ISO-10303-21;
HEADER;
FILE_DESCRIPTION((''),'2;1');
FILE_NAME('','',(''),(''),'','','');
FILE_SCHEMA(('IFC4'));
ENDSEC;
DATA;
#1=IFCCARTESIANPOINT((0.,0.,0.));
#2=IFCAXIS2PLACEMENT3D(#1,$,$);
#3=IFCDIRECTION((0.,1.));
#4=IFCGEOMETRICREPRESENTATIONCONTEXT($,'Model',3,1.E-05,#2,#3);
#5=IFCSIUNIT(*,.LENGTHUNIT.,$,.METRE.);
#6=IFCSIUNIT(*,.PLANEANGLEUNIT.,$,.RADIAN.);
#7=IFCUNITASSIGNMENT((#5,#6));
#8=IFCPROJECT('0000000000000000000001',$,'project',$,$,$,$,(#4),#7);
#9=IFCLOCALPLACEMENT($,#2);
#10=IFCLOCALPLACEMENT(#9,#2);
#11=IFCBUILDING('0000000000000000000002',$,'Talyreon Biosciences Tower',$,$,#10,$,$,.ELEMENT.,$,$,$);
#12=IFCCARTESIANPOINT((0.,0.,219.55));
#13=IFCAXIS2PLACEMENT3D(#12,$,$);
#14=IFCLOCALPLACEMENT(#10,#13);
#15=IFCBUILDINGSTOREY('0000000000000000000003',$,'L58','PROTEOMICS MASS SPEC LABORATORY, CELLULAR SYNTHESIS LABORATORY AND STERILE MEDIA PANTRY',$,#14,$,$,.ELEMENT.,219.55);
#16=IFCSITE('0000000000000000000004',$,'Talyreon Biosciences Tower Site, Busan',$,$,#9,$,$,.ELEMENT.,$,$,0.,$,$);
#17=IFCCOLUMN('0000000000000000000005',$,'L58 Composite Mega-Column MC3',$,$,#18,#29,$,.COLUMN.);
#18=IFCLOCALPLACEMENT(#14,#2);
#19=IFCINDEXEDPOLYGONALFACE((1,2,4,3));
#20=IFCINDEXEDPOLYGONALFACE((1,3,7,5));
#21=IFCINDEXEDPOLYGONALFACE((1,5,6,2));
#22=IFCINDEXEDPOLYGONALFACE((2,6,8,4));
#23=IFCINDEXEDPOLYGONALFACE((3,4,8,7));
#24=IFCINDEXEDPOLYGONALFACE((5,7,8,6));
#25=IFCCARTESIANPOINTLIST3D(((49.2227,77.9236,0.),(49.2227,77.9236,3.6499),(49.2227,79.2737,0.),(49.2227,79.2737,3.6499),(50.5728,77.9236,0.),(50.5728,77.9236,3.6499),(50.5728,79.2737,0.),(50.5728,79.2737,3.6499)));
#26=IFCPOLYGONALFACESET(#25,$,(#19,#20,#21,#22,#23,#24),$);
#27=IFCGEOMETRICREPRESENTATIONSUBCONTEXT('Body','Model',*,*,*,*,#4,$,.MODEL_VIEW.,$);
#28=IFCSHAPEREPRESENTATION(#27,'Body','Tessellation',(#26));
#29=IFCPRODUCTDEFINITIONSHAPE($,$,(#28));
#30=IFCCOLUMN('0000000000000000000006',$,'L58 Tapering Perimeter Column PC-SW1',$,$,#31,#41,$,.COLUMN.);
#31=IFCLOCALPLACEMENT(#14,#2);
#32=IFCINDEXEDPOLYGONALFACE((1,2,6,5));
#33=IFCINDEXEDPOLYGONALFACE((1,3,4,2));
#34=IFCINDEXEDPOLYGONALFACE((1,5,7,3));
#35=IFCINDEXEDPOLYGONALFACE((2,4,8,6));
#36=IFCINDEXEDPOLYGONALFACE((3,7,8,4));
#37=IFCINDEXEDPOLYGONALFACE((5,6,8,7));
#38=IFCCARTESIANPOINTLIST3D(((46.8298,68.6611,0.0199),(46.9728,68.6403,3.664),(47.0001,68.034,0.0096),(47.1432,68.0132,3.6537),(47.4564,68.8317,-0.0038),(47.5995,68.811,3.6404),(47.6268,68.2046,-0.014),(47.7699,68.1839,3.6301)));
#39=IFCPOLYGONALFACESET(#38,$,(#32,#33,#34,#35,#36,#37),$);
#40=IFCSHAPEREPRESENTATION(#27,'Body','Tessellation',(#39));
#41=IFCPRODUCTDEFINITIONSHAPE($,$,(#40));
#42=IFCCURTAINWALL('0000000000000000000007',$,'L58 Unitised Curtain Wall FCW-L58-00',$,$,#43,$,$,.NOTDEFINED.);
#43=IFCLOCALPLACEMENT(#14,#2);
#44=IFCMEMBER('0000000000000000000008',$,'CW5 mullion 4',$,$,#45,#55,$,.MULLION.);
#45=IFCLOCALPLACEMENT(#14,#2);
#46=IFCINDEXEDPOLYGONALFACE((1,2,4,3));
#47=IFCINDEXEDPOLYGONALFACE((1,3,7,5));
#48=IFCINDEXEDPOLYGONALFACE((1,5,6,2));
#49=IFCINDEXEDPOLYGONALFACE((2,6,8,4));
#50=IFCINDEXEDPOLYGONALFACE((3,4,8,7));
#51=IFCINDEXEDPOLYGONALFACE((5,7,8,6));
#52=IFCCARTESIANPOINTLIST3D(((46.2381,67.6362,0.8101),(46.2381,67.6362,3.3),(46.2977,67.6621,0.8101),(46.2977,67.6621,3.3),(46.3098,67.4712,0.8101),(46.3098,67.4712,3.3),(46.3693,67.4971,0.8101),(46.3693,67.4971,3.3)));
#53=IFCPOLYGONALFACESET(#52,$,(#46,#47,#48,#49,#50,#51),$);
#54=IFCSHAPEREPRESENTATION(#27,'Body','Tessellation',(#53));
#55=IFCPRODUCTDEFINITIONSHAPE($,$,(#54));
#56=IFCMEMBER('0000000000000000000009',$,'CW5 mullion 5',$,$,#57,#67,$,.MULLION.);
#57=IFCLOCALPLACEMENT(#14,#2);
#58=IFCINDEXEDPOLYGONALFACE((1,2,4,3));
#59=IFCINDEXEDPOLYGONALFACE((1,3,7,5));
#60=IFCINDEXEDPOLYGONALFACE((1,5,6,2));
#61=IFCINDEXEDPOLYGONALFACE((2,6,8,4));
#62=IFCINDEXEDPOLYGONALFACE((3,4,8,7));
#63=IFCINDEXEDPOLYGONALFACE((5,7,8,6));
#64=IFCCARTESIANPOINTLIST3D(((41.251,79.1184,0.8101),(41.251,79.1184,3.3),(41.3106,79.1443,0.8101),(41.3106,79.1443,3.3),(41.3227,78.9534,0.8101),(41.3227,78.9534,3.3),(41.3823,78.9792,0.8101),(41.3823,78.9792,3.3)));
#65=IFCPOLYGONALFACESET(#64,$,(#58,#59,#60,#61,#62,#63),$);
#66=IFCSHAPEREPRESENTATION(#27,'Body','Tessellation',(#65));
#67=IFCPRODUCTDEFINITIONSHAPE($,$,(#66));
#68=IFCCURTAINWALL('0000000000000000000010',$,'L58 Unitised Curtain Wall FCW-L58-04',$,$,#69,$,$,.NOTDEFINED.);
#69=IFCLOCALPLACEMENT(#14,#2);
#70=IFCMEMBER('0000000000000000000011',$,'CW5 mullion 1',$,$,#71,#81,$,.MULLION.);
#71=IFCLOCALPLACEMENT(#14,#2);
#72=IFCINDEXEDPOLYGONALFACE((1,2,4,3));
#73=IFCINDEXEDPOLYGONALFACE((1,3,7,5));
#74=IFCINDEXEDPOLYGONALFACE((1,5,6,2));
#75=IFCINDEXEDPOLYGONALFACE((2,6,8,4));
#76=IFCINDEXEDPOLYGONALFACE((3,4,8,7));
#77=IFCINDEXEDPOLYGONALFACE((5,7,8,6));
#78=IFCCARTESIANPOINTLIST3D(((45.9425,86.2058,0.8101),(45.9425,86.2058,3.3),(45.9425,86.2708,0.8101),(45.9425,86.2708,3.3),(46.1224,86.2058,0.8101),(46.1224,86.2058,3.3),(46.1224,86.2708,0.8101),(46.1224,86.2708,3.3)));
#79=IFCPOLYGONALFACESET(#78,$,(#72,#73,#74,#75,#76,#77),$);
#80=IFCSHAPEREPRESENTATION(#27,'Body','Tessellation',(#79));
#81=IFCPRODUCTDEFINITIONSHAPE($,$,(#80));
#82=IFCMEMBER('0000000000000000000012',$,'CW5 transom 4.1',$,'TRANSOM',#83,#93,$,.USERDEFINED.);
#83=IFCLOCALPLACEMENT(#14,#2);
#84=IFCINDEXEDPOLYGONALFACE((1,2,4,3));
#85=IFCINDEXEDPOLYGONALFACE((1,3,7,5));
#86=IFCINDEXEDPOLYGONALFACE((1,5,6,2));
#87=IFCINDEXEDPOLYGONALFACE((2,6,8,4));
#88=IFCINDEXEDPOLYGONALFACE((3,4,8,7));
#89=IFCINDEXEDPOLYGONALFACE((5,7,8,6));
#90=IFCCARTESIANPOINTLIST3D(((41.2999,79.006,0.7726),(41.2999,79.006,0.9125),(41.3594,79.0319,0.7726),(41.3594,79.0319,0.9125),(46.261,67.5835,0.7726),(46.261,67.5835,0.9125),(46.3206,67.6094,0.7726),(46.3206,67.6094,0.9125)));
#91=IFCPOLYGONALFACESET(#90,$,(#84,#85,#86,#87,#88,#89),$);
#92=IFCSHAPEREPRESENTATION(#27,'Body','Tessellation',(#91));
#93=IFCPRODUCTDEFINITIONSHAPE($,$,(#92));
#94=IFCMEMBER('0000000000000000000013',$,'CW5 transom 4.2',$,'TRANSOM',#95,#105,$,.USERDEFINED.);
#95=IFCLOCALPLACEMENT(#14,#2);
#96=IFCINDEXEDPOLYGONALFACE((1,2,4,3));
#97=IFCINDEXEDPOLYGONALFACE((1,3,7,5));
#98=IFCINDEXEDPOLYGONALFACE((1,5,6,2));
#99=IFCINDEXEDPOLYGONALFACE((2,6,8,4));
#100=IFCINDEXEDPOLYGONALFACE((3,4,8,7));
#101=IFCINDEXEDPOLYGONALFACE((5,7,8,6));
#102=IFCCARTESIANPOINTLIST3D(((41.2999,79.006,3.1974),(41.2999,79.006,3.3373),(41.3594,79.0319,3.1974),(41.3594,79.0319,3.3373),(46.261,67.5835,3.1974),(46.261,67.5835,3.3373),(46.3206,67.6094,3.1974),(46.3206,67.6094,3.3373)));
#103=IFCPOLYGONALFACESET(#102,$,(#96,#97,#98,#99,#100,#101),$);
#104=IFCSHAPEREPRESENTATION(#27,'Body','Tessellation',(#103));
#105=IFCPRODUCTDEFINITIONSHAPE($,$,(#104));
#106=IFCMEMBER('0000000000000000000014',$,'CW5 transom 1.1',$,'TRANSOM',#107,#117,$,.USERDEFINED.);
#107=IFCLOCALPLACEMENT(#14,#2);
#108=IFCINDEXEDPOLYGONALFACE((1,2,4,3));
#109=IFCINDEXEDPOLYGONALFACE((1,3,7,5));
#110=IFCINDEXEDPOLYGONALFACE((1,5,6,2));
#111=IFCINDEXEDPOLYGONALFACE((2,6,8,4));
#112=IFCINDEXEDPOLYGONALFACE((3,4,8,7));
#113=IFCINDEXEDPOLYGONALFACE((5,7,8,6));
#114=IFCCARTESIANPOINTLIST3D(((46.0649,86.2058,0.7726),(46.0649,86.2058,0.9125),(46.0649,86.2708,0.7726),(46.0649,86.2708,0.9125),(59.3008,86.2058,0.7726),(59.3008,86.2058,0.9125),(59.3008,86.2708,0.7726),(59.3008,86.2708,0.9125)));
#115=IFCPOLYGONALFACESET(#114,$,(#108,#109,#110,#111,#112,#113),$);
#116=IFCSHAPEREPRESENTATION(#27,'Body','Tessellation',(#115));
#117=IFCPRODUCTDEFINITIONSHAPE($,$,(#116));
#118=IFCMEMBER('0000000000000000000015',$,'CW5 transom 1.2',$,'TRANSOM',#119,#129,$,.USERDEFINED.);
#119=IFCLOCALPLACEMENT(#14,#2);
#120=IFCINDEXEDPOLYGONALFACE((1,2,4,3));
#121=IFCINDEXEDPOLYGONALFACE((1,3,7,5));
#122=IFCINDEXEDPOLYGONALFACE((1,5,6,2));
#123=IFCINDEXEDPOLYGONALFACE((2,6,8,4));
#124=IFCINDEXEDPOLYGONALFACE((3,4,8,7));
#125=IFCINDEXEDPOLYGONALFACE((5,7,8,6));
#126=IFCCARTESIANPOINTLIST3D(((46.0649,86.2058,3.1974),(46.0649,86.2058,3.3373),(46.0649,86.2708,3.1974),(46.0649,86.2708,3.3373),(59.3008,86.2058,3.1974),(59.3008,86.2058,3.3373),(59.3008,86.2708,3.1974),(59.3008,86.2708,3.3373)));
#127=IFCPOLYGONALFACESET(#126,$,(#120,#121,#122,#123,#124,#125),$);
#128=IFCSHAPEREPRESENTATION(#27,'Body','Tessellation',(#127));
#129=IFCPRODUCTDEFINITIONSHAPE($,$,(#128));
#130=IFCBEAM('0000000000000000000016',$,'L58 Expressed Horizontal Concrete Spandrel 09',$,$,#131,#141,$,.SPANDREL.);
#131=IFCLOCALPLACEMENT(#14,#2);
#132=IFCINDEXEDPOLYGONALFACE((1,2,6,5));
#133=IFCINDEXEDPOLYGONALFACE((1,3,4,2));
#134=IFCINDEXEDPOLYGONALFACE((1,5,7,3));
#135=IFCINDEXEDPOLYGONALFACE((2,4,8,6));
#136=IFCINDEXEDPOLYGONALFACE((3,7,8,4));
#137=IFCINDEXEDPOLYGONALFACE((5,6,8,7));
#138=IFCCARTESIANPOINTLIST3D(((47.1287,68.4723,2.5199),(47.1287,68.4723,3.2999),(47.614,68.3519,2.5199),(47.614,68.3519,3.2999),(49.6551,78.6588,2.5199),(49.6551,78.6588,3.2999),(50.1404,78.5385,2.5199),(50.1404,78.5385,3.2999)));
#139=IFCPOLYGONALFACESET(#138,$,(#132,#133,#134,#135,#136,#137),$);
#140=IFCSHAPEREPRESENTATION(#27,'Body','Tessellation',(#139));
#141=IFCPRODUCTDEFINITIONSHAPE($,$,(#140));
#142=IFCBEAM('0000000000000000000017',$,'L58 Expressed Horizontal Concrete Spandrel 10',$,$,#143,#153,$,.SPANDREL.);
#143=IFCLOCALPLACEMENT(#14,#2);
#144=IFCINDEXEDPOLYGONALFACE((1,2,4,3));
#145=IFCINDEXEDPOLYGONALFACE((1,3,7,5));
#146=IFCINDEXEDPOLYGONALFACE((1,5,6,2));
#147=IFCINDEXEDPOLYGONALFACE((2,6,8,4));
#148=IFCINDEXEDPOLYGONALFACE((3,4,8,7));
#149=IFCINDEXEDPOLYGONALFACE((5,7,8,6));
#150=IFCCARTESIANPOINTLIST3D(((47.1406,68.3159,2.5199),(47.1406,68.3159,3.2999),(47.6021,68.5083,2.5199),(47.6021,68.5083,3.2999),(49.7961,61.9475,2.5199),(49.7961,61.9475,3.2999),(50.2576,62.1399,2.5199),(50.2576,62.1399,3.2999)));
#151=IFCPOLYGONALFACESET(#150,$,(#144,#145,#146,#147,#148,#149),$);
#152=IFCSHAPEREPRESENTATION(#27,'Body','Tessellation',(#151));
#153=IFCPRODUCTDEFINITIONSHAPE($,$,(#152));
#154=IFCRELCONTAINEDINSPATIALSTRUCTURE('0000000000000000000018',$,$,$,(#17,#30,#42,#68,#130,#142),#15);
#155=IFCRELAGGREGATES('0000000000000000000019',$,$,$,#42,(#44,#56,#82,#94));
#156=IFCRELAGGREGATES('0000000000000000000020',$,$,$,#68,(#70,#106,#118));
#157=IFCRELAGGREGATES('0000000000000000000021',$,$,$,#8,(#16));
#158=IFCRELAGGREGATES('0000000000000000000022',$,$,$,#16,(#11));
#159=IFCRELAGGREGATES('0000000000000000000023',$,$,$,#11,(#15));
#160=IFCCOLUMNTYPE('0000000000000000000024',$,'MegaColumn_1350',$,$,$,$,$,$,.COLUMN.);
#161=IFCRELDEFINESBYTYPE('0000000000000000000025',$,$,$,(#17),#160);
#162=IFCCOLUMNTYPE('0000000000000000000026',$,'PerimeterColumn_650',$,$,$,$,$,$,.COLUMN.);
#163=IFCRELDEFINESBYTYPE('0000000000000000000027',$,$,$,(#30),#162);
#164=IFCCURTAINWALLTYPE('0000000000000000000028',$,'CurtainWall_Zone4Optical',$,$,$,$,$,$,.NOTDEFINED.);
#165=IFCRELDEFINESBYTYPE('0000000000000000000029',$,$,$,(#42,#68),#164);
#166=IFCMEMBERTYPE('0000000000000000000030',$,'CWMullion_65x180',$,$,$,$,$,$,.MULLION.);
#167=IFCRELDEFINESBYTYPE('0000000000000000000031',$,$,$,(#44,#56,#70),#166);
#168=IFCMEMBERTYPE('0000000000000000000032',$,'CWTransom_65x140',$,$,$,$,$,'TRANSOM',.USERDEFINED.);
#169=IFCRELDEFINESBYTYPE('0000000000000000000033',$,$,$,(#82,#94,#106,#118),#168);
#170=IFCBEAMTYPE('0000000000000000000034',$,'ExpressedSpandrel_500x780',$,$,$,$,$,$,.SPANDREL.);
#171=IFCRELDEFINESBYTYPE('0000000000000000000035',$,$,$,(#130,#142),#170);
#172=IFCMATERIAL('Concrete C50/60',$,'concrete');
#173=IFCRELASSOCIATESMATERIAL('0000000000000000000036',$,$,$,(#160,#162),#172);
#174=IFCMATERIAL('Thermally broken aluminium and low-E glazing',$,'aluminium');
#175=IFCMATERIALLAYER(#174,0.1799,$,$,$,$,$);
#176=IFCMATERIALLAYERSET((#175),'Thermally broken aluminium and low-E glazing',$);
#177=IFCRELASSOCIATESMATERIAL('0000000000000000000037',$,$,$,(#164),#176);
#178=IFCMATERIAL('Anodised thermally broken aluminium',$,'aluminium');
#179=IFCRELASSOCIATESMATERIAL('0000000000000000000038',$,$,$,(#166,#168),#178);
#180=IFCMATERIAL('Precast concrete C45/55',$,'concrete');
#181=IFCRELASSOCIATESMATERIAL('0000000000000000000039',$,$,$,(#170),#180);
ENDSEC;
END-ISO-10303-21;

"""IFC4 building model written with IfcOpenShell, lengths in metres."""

from ifc_helpers import new_model, si_unit, direction, frame, origin, origin_2d, place, context, subcontext, project, spatial, rectangle, extrude, material, layer, layer_set, material_profile, profile_set, type_object, element, aggregate, save


model = new_model("IFC4")

# Units and contexts
model_context = context("Model", 3, precision=1e-05, world=origin(), true_north=direction((0.0, 1.0)))
body_context = subcontext(model_context, "Body", "Model", "MODEL_VIEW")
ifc_project = project(units=[si_unit("LENGTHUNIT", "METRE"), si_unit("PLANEANGLEUNIT", "RADIAN")], contexts=[model_context])

# Site, building, storey
site_placement = place(None, origin())
site = spatial("IfcSite", under=ifc_project, at=site_placement, Name="Talyreon Biosciences Tower Site, Busan", CompositionType="ELEMENT", RefElevation=0.0)
building_placement = place(site_placement, origin())
building = spatial("IfcBuilding", under=site, at=building_placement, Name="Talyreon Biosciences Tower", CompositionType="ELEMENT")
storey_placement = place(building_placement, frame((0.0, 0.0, 219.55)))
storey = spatial("IfcBuildingStorey", under=building, at=storey_placement, Name="L58", Description="PROTEOMICS MASS SPEC LABORATORY, CELLULAR SYNTHESIS LABORATORY AND STERILE MEDIA PANTRY", CompositionType="ELEMENT", Elevation=219.55)

# Columns
ifc_material_1 = material(Name="Concrete C50/60", Category="concrete")
ifc_material_profile_1 = material_profile(ifc_material_1, rectangle(XDim=1.3501, YDim=1.3501, at=origin_2d()), Name="RC 1350x1350")
ifc_profile_set_1 = profile_set([ifc_material_profile_1], Name="Concrete C50/60")
column_type_1 = type_object("IfcColumnType", Name="MegaColumn_1350", PredefinedType="COLUMN", material=ifc_profile_set_1)
column_1_placement = place(storey_placement, frame((49.8977, 78.5986, 0.0), z_axis=(0.0, 0.0, 1.0), x_axis=(1.0, 0.0, 0.0)))
element("IfcColumn", 1, at=column_1_placement, inside=storey, type_object=column_type_1, Name="L58 Composite Mega-Column MC3", PredefinedType="COLUMN", context=body_context, shape_type="SweptSolid", body=[
    extrude(rectangle(XDim=1.3501, YDim=1.3501, at=origin_2d()), origin(), (0.0, 0.0, 1.0), 3.6499),
])
ifc_material_profile_2 = material_profile(ifc_material_1, rectangle(XDim=0.6499, YDim=0.6499, at=origin_2d()), Name="RC 650x650")
ifc_profile_set_2 = profile_set([ifc_material_profile_2], Name="Concrete C50/60")
column_type_2 = type_object("IfcColumnType", Name="PerimeterColumn_650", PredefinedType="COLUMN", material=ifc_profile_set_2)
column_2_placement = place(storey_placement, frame((47.2283, 68.4329, 0.0029), z_axis=(0.039229, -0.00569, 0.999214), x_axis=(0.964222, 0.262591, -0.03636)))
element("IfcColumn", 2, at=column_2_placement, inside=storey, type_object=column_type_2, Name="L58 Tapering Perimeter Column PC-SW1", PredefinedType="COLUMN", context=body_context, shape_type="SweptSolid", body=[
    extrude(rectangle(XDim=0.6499, YDim=0.6499, at=origin_2d()), origin(), (0.0, 0.0, 1.0), 3.647),
])

# Curtain wall, members
ifc_material_2 = material(Name="Thermally broken aluminium and low-E glazing", Category="aluminium")
ifc_layer_1 = layer(ifc_material_2, 0.1799)
ifc_layer_set_1 = layer_set([ifc_layer_1], Name="Thermally broken aluminium and low-E glazing")
curtain_wall_type = type_object("IfcCurtainWallType", Name="CurtainWall_Zone4Optical", PredefinedType="NOTDEFINED", material=ifc_layer_set_1)
curtain_wall_1_placement = place(storey_placement, origin())
curtain_wall_1 = element("IfcCurtainWall", 3, at=curtain_wall_1_placement, inside=storey, type_object=curtain_wall_type, Name="L58 Unitised Curtain Wall FCW-L58-00", PredefinedType="NOTDEFINED")
ifc_material_3 = material(Name="Anodised thermally broken aluminium", Category="aluminium")
ifc_material_profile_3 = material_profile(ifc_material_3, rectangle(XDim=0.0649, YDim=0.1799, at=origin_2d()), Name="ALUM MULLION 65x180")
ifc_profile_set_3 = profile_set([ifc_material_profile_3], Name="Anodised thermally broken aluminium")
member_type_1 = type_object("IfcMemberType", Name="CWMullion_65x180", PredefinedType="MULLION", material=ifc_profile_set_3)
member_1_placement = place(storey_placement, frame((46.3037, 67.5667, 0.8101), z_axis=(0.0, 0.0, 1.0), x_axis=(-0.917222, -0.398376, 0.0)))
member_1 = element("IfcMember", 4, at=member_1_placement, type_object=member_type_1, Name="CW5 mullion 4", PredefinedType="MULLION", context=body_context, shape_type="SweptSolid", body=[
    extrude(rectangle(XDim=0.0649, YDim=0.1799, at=origin_2d()), origin(), (0.0, 0.0, 1.0), 2.49),
])
member_2_placement = place(storey_placement, frame((41.3167, 79.0488, 0.8101), z_axis=(0.0, 0.0, 1.0), x_axis=(-0.917222, -0.398376, 0.0)))
member_2 = element("IfcMember", 5, at=member_2_placement, type_object=member_type_1, Name="CW5 mullion 5", PredefinedType="MULLION", context=body_context, shape_type="SweptSolid", body=[
    extrude(rectangle(XDim=0.0649, YDim=0.1799, at=origin_2d()), origin(), (0.0, 0.0, 1.0), 2.49),
])

# Curtain wall, member
curtain_wall_2_placement = place(storey_placement, origin())
curtain_wall_2 = element("IfcCurtainWall", 6, at=curtain_wall_2_placement, inside=storey, type_object=curtain_wall_type, Name="L58 Unitised Curtain Wall FCW-L58-04", PredefinedType="NOTDEFINED")
member_3_placement = place(storey_placement, frame((46.0325, 86.2383, 0.8101), z_axis=(0.0, 0.0, 1.0), x_axis=(0.0, 1.0, 0.0)))
member_3 = element("IfcMember", 7, at=member_3_placement, type_object=member_type_1, Name="CW5 mullion 1", PredefinedType="MULLION", context=body_context, shape_type="SweptSolid", body=[
    extrude(rectangle(XDim=0.0649, YDim=0.1799, at=origin_2d()), origin(), (0.0, 0.0, 1.0), 2.49),
])

# Members
ifc_material_profile_4 = material_profile(ifc_material_3, rectangle(XDim=0.0649, YDim=0.1399, at=origin_2d()), Name="ALUM TRANSOM 65x140")
ifc_profile_set_4 = profile_set([ifc_material_profile_4], Name="Anodised thermally broken aluminium")
member_type_2 = type_object("IfcMemberType", Name="CWTransom_65x140", ElementType="TRANSOM", PredefinedType="USERDEFINED", material=ifc_profile_set_4)
member_4_placement = place(storey_placement, frame((46.2908, 67.5964, 0.8425), z_axis=(-0.398377, 0.917222, 0.0), x_axis=(-0.917222, -0.398377, 0.0)))
member_4 = element("IfcMember", 8, at=member_4_placement, type_object=member_type_2, Name="CW5 transom 4.1", ObjectType="TRANSOM", PredefinedType="USERDEFINED", context=body_context, shape_type="SweptSolid", body=[
    extrude(rectangle(XDim=0.0649, YDim=0.1399, at=origin_2d()), origin(), (0.0, 0.0, 1.0), 12.4534),
])
member_5_placement = place(storey_placement, frame((46.2908, 67.5964, 3.2673), z_axis=(-0.398377, 0.917222, 0.0), x_axis=(-0.917222, -0.398377, 0.0)))
member_5 = element("IfcMember", 9, at=member_5_placement, type_object=member_type_2, Name="CW5 transom 4.2", ObjectType="TRANSOM", PredefinedType="USERDEFINED", context=body_context, shape_type="SweptSolid", body=[
    extrude(rectangle(XDim=0.0649, YDim=0.1399, at=origin_2d()), origin(), (0.0, 0.0, 1.0), 12.4534),
])
member_6_placement = place(storey_placement, frame((46.0649, 86.2383, 0.8425), z_axis=(1.0, 0.0, 0.0), x_axis=(0.0, 1.0, 0.0)))
member_6 = element("IfcMember", 10, at=member_6_placement, type_object=member_type_2, Name="CW5 transom 1.1", ObjectType="TRANSOM", PredefinedType="USERDEFINED", context=body_context, shape_type="SweptSolid", body=[
    extrude(rectangle(XDim=0.0649, YDim=0.1399, at=origin_2d()), origin(), (0.0, 0.0, 1.0), 13.2358),
])
member_7_placement = place(storey_placement, frame((46.0649, 86.2383, 3.2673), z_axis=(1.0, 0.0, 0.0), x_axis=(0.0, 1.0, 0.0)))
member_7 = element("IfcMember", 11, at=member_7_placement, type_object=member_type_2, Name="CW5 transom 1.2", ObjectType="TRANSOM", PredefinedType="USERDEFINED", context=body_context, shape_type="SweptSolid", body=[
    extrude(rectangle(XDim=0.0649, YDim=0.1399, at=origin_2d()), origin(), (0.0, 0.0, 1.0), 13.2358),
])

# Beams
ifc_material_4 = material(Name="Precast concrete C45/55", Category="concrete")
ifc_material_profile_5 = material_profile(ifc_material_4, rectangle(XDim=0.5, YDim=0.78, at=origin_2d()), Name="RCB 500x780")
ifc_profile_set_5 = profile_set([ifc_material_profile_5], Name="Precast concrete C45/55")
beam_type_1 = type_object("IfcBeamType", Name="ExpressedSpandrel_500x780", PredefinedType="SPANDREL", material=ifc_profile_set_5)
beam_1_placement = place(storey_placement, frame((49.8977, 78.5986, 2.9099), z_axis=(-0.240718, -0.970595, 0.0), x_axis=(0.970595, -0.240718, 0.0)))
element("IfcBeam", 12, at=beam_1_placement, inside=storey, type_object=beam_type_1, Name="L58 Expressed Horizontal Concrete Spandrel 09", PredefinedType="SPANDREL", context=body_context, shape_type="SweptSolid", body=[
    extrude(rectangle(XDim=0.5, YDim=0.78, at=origin_2d()), origin(), (0.0, 0.0, 1.0), 10.4951),
])
beam_2_placement = place(storey_placement, frame((47.3713, 68.4121, 2.9099), z_axis=(0.384864, -0.922973, 0.0), x_axis=(0.922973, 0.384864, 0.0)))
element("IfcBeam", 13, at=beam_2_placement, inside=storey, type_object=beam_type_1, Name="L58 Expressed Horizontal Concrete Spandrel 10", PredefinedType="SPANDREL", context=body_context, shape_type="SweptSolid", body=[
    extrude(rectangle(XDim=0.5, YDim=0.78, at=origin_2d()), origin(), (0.0, 0.0, 1.0), 6.8999),
])

aggregate(curtain_wall_1, [member_1, member_2, member_4, member_5])
aggregate(curtain_wall_2, [member_3, member_6, member_7])

save(model, "model.ifc")
